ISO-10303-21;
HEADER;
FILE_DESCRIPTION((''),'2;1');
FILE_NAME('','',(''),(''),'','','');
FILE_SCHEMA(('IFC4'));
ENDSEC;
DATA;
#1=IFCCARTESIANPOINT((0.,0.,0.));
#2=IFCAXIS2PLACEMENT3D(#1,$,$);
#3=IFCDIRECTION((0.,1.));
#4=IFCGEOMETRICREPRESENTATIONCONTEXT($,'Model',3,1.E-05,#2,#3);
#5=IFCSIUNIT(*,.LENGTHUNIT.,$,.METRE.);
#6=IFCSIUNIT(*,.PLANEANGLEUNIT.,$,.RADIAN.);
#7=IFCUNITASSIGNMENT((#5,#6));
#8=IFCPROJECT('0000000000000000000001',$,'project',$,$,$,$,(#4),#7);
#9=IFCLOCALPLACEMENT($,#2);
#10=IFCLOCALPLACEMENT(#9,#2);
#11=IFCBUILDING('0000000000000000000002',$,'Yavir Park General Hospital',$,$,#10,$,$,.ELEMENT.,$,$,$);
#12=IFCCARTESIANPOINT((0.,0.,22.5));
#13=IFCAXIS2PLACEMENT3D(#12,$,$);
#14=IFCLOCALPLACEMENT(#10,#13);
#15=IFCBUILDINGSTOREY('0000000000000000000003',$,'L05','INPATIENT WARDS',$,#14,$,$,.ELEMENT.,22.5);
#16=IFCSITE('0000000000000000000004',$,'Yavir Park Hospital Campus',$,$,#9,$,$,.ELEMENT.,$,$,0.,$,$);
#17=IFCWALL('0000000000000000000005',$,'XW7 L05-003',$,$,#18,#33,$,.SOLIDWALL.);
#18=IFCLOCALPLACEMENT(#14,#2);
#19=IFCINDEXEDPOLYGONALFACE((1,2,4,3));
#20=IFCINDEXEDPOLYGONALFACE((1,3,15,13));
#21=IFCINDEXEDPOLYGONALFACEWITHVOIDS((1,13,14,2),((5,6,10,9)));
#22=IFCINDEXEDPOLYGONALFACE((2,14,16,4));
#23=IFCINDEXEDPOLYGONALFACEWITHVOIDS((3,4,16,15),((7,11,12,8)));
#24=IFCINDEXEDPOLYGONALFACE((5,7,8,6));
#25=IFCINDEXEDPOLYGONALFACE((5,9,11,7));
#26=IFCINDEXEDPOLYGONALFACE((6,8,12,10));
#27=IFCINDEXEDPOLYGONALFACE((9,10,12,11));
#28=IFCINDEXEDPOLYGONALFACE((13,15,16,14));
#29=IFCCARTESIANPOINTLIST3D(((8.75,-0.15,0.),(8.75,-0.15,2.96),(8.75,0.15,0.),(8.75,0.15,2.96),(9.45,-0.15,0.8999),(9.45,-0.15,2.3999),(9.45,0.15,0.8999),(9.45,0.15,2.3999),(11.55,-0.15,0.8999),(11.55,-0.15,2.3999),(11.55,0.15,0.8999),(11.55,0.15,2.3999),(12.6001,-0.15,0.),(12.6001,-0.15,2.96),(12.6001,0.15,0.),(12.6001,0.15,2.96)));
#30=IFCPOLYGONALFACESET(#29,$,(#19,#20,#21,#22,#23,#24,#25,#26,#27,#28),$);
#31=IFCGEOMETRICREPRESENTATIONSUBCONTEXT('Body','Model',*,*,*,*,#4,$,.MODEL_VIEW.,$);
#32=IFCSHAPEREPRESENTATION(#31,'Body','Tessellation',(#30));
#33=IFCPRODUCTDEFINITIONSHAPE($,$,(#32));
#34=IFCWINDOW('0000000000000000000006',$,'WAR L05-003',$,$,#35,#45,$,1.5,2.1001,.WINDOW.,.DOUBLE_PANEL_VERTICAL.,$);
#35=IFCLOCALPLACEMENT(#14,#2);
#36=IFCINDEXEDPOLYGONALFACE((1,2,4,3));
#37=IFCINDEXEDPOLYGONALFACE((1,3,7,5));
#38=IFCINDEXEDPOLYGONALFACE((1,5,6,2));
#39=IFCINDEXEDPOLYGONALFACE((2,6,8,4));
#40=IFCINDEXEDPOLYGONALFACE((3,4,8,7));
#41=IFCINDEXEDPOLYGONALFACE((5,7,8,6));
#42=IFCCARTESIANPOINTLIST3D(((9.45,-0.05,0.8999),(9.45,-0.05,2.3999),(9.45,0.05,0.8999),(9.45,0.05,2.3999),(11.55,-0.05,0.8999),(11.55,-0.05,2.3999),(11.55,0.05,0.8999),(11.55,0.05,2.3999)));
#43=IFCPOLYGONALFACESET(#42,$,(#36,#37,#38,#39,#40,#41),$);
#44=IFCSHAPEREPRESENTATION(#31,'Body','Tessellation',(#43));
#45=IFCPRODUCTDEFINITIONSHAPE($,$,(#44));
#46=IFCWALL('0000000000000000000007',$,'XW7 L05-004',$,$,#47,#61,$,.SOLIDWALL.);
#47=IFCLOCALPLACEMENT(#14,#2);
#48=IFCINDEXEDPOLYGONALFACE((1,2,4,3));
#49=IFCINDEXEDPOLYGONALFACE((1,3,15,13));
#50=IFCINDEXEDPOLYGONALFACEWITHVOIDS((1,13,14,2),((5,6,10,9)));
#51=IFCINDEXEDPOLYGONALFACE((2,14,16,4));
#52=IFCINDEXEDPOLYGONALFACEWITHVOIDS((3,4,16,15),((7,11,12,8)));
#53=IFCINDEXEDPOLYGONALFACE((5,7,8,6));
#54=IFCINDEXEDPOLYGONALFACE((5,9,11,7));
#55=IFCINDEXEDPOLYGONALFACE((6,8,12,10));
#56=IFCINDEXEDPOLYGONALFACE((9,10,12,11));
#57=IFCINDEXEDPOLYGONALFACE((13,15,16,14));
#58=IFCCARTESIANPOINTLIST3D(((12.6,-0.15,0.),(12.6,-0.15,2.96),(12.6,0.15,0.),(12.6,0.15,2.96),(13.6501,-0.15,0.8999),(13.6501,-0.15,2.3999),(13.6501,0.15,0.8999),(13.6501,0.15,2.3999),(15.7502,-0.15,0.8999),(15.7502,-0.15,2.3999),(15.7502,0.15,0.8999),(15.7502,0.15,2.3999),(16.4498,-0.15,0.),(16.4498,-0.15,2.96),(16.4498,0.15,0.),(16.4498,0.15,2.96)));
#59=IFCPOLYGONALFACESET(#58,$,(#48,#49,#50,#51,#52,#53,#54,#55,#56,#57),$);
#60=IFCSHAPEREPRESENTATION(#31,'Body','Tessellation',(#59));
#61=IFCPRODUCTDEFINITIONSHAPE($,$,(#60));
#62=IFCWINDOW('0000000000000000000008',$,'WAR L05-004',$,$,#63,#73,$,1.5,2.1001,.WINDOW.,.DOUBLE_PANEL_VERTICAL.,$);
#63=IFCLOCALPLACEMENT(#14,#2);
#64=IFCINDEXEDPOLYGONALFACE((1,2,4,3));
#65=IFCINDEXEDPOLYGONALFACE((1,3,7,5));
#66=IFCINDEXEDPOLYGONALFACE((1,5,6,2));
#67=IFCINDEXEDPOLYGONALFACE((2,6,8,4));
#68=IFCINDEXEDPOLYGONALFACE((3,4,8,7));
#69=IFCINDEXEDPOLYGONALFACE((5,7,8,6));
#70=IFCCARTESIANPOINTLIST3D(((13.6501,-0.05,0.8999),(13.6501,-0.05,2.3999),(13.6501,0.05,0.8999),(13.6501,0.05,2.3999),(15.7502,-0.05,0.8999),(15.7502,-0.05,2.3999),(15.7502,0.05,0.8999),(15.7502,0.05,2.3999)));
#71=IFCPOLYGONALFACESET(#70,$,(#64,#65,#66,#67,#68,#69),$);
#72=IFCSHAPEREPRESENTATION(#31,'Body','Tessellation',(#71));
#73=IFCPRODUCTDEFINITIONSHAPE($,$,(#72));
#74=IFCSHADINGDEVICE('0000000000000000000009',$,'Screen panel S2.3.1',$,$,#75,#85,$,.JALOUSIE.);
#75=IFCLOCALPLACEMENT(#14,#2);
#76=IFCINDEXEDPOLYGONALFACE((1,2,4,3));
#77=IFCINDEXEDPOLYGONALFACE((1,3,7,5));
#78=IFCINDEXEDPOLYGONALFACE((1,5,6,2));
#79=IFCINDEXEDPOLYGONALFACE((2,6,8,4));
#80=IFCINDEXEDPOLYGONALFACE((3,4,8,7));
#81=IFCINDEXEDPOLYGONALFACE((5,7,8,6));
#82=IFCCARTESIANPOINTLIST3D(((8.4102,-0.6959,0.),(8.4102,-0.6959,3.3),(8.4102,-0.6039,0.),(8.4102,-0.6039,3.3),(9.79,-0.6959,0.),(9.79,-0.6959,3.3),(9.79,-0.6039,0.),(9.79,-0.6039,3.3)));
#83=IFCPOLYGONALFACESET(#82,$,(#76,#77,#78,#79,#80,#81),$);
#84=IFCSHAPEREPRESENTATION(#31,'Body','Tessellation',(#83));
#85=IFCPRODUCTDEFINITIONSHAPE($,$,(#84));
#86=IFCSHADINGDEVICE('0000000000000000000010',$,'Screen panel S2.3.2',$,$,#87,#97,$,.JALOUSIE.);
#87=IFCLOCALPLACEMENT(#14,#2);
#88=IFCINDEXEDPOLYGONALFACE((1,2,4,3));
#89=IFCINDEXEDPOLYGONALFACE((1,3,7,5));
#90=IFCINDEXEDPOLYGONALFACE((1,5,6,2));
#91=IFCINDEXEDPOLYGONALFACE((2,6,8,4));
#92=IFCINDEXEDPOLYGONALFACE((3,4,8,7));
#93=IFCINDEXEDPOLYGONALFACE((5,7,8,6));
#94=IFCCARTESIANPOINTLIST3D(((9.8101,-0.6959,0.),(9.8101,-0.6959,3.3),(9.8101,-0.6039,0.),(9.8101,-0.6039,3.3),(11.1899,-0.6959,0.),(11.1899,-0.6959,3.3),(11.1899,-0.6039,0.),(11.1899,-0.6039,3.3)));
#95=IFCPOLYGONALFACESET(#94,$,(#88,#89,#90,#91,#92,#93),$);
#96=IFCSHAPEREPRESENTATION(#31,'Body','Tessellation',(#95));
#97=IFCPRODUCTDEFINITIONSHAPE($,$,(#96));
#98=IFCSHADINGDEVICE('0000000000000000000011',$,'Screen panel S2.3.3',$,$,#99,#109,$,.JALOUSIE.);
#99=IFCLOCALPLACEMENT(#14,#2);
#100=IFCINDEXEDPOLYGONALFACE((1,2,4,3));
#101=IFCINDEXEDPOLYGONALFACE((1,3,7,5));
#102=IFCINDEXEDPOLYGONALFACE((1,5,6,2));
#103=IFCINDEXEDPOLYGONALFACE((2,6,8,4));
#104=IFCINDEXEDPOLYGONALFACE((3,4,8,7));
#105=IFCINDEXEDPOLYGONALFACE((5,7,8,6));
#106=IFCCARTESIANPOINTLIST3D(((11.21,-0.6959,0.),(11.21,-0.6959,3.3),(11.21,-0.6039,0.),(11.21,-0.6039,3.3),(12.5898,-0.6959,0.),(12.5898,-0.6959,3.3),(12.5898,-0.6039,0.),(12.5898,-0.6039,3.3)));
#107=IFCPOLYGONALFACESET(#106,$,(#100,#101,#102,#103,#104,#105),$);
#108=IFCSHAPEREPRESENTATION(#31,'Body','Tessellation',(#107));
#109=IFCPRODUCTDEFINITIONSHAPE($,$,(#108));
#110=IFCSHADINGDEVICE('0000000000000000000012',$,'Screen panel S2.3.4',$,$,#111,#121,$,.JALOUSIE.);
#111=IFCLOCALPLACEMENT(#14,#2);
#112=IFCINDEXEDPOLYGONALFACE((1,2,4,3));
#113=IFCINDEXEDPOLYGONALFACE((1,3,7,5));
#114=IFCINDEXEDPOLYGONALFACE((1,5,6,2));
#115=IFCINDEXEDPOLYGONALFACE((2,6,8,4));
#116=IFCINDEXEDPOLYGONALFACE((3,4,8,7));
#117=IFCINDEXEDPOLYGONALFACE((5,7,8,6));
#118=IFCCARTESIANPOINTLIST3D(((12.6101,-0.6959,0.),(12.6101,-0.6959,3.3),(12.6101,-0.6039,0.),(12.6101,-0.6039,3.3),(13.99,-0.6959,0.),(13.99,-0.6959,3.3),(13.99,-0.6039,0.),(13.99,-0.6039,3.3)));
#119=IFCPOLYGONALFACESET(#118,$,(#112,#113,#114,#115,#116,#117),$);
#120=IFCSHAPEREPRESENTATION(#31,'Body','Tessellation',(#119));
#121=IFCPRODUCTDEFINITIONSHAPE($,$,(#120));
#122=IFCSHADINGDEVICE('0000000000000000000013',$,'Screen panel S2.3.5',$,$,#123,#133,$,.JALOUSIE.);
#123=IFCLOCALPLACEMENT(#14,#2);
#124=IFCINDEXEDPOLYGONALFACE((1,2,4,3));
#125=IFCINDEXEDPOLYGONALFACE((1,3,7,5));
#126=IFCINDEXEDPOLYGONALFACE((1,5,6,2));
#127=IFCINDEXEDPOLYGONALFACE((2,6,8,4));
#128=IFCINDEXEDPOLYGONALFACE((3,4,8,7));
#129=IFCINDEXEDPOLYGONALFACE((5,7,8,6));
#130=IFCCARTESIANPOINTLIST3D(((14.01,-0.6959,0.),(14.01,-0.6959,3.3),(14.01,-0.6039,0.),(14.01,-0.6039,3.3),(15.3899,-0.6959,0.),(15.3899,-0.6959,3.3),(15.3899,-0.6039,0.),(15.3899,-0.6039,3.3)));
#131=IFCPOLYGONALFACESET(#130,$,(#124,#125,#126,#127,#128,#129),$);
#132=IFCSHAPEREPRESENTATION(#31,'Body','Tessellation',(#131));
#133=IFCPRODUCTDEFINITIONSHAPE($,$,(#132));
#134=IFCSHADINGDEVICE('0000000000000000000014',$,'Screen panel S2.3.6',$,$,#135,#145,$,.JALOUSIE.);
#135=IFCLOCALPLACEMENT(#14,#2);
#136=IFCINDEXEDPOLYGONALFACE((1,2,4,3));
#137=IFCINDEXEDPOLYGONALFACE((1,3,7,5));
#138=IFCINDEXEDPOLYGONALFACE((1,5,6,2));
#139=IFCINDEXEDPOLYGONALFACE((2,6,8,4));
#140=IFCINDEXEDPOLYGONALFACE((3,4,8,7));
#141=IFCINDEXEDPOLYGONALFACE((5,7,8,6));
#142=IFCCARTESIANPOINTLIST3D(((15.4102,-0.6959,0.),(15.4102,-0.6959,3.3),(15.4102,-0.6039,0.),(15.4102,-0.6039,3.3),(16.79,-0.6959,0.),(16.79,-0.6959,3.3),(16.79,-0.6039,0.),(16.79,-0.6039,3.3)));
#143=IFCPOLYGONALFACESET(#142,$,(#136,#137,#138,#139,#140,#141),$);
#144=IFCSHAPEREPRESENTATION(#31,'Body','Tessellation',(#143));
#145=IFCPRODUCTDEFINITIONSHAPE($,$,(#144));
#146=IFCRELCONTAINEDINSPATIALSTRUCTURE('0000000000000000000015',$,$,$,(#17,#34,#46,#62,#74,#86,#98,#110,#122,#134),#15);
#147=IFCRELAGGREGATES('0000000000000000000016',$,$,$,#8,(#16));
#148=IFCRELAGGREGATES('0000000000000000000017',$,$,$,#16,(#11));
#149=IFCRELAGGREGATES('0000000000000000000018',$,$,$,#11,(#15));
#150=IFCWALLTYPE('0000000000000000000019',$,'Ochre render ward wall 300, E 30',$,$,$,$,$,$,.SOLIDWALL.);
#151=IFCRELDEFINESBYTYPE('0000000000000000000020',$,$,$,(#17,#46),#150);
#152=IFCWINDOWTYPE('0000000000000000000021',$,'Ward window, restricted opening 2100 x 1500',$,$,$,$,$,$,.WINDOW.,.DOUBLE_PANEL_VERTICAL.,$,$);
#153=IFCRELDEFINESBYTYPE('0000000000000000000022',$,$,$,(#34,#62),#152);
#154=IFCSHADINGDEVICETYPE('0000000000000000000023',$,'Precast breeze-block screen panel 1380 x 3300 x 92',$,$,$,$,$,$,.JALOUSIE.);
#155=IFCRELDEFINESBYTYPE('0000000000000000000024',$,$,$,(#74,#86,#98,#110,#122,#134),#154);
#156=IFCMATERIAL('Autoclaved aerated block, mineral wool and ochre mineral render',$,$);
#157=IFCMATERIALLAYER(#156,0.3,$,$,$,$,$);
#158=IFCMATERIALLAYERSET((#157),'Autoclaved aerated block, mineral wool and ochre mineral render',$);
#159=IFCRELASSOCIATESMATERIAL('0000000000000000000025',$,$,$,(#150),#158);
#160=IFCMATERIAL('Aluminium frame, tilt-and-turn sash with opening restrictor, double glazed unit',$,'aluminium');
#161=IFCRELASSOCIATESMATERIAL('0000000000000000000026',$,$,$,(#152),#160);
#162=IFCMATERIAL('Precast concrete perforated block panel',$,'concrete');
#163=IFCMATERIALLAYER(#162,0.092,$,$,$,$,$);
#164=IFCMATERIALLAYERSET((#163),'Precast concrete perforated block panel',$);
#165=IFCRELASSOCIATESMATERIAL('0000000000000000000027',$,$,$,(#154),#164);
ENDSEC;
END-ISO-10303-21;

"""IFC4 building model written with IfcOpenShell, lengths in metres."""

from ifc_helpers import new_model, si_unit, direction, frame, frame_2d, origin, origin_2d, place, context, subcontext, project, spatial, rectangle, extrude, material, layer, layer_set, type_object, element, fill, save


model = new_model("IFC4")

# Units and contexts
model_context = context("Model", 3, precision=1e-05, world=origin(), true_north=direction((0.0, 1.0)))
body_context = subcontext(model_context, "Body", "Model", "MODEL_VIEW")
ifc_project = project(units=[si_unit("LENGTHUNIT", "METRE"), si_unit("PLANEANGLEUNIT", "RADIAN")], contexts=[model_context])

# Site, building, storey
site_placement = place(None, origin())
site = spatial("IfcSite", under=ifc_project, at=site_placement, Name="Yavir Park Hospital Campus", CompositionType="ELEMENT", RefElevation=0.0)
building_placement = place(site_placement, origin())
building = spatial("IfcBuilding", under=site, at=building_placement, Name="Yavir Park General Hospital", CompositionType="ELEMENT")
storey_placement = place(building_placement, frame((0.0, 0.0, 22.5)))
storey = spatial("IfcBuildingStorey", under=building, at=storey_placement, Name="L05", Description="INPATIENT WARDS", CompositionType="ELEMENT", Elevation=22.5)

# Walls, openings, windows
ifc_material_1 = material(Name="Autoclaved aerated block, mineral wool and ochre mineral render")
ifc_layer_1 = layer(ifc_material_1, 0.3)
ifc_layer_set_1 = layer_set([ifc_layer_1], Name="Autoclaved aerated block, mineral wool and ochre mineral render")
wall_type_1 = type_object("IfcWallType", Name="Ochre render ward wall 300, E 30", PredefinedType="SOLIDWALL", material=ifc_layer_set_1)
ifc_material_2 = material(Name="Aluminium frame, tilt-and-turn sash with opening restrictor, double glazed unit", Category="aluminium")
window_type = type_object("IfcWindowType", Name="Ward window, restricted opening 2100 x 1500", PartitioningType="DOUBLE_PANEL_VERTICAL", PredefinedType="WINDOW", material=ifc_material_2)
wall_1_placement = place(storey_placement, frame((8.75, 0.0, 0.0), z_axis=(0.0, 0.0, 1.0), x_axis=(1.0, 0.0, 0.0)))
wall_1 = element("IfcWall", 1, at=wall_1_placement, inside=storey, type_object=wall_type_1, Name="XW7 L05-003", PredefinedType="SOLIDWALL", context=body_context, shape_type="SweptSolid", body=[
    extrude(rectangle(XDim=3.8501, YDim=0.3, at=frame_2d((1.925, 0.0))), origin(), (0.0, 0.0, 1.0), 2.96),
])
opening_1_placement = place(wall_1_placement, frame((0.7, 0.0, 0.8999)))
opening_1 = element("IfcOpeningElement", 2, at=opening_1_placement, cuts=wall_1, PredefinedType="OPENING", context=body_context, shape_type="SweptSolid", body=[
    extrude(rectangle(XDim=2.1001, YDim=1.5, at=frame_2d((1.05, 0.75))), frame((0.0, 0.1599, 0.0), z_axis=(0.0, -1.0, 0.0), x_axis=(1.0, 0.0, 0.0)), (0.0, 0.0, 1.0), 0.3201),
])
window_1_placement = place(opening_1_placement, origin())
window_1 = element("IfcWindow", 3, at=window_1_placement, inside=storey, type_object=window_type, Name="WAR L05-003", OverallHeight=1.5, OverallWidth=2.1001, PartitioningType="DOUBLE_PANEL_VERTICAL", PredefinedType="WINDOW", context=body_context, shape_type="SweptSolid", body=[
    extrude(rectangle(XDim=2.1001, YDim=1.5, at=frame_2d((1.05, 0.75))), frame((0.0, 0.05, 0.0), z_axis=(0.0, -1.0, 0.0), x_axis=(1.0, 0.0, 0.0)), (0.0, 0.0, 1.0), 0.1001),
])
fill(opening_1, window_1)
wall_2_placement = place(storey_placement, frame((12.6001, 0.0, 0.0), z_axis=(0.0, 0.0, 1.0), x_axis=(1.0, 0.0, 0.0)))
wall_2 = element("IfcWall", 4, at=wall_2_placement, inside=storey, type_object=wall_type_1, Name="XW7 L05-004", PredefinedType="SOLIDWALL", context=body_context, shape_type="SweptSolid", body=[
    extrude(rectangle(XDim=3.8499, YDim=0.3, at=frame_2d((1.9248, 0.0))), origin(), (0.0, 0.0, 1.0), 2.96),
])
opening_2_placement = place(wall_2_placement, frame((1.05, 0.0, 0.8999)))
opening_2 = element("IfcOpeningElement", 5, at=opening_2_placement, cuts=wall_2, PredefinedType="OPENING", context=body_context, shape_type="SweptSolid", body=[
    extrude(rectangle(XDim=2.1001, YDim=1.5, at=frame_2d((1.05, 0.75))), frame((0.0, 0.1599, 0.0), z_axis=(0.0, -1.0, 0.0), x_axis=(1.0, 0.0, 0.0)), (0.0, 0.0, 1.0), 0.3201),
])
window_2_placement = place(opening_2_placement, origin())
window_2 = element("IfcWindow", 6, at=window_2_placement, inside=storey, type_object=window_type, Name="WAR L05-004", OverallHeight=1.5, OverallWidth=2.1001, PartitioningType="DOUBLE_PANEL_VERTICAL", PredefinedType="WINDOW", context=body_context, shape_type="SweptSolid", body=[
    extrude(rectangle(XDim=2.1001, YDim=1.5, at=frame_2d((1.05, 0.75))), frame((0.0, 0.05, 0.0), z_axis=(0.0, -1.0, 0.0), x_axis=(1.0, 0.0, 0.0)), (0.0, 0.0, 1.0), 0.1001),
])
fill(opening_2, window_2)

# Shading devices
ifc_material_3 = material(Name="Precast concrete perforated block panel", Category="concrete")
ifc_layer_2 = layer(ifc_material_3, 0.092)
ifc_layer_set_2 = layer_set([ifc_layer_2], Name="Precast concrete perforated block panel")
shading_device_type = type_object("IfcShadingDeviceType", Name="Precast breeze-block screen panel 1380 x 3300 x 92", PredefinedType="JALOUSIE", material=ifc_layer_set_2)
for number, where, z_axis, x_axis, name in (
    (7, (9.1001, -0.6499, 0.0), (0.0, 0.0, 1.0), (1.0, 0.0, 0.0), "Screen panel S2.3.1"),
    (8, (10.5, -0.6499, 0.0), (0.0, 0.0, 1.0), (1.0, 0.0, 0.0), "Screen panel S2.3.2"),
    (9, (11.8999, -0.6499, 0.0), (0.0, 0.0, 1.0), (1.0, 0.0, 0.0), "Screen panel S2.3.3"),
    (10, (13.3, -0.6499, 0.0), (0.0, 0.0, 1.0), (1.0, 0.0, 0.0), "Screen panel S2.3.4"),
    (11, (14.7, -0.6499, 0.0), (0.0, 0.0, 1.0), (1.0, 0.0, 0.0), "Screen panel S2.3.5"),
    (12, (16.1001, -0.6499, 0.0), (0.0, 0.0, 1.0), (1.0, 0.0, 0.0), "Screen panel S2.3.6"),
):
    element("IfcShadingDevice", number, at=place(storey_placement, frame(where, z_axis=z_axis, x_axis=x_axis)), inside=storey, type_object=shading_device_type, Name=name, PredefinedType="JALOUSIE", context=body_context, shape_type="SweptSolid", body=[
        extrude(rectangle(XDim=1.3799, YDim=0.092, at=origin_2d()), origin(), (0.0, 0.0, 1.0), 3.3),
    ])

save(model, "model.ifc")
